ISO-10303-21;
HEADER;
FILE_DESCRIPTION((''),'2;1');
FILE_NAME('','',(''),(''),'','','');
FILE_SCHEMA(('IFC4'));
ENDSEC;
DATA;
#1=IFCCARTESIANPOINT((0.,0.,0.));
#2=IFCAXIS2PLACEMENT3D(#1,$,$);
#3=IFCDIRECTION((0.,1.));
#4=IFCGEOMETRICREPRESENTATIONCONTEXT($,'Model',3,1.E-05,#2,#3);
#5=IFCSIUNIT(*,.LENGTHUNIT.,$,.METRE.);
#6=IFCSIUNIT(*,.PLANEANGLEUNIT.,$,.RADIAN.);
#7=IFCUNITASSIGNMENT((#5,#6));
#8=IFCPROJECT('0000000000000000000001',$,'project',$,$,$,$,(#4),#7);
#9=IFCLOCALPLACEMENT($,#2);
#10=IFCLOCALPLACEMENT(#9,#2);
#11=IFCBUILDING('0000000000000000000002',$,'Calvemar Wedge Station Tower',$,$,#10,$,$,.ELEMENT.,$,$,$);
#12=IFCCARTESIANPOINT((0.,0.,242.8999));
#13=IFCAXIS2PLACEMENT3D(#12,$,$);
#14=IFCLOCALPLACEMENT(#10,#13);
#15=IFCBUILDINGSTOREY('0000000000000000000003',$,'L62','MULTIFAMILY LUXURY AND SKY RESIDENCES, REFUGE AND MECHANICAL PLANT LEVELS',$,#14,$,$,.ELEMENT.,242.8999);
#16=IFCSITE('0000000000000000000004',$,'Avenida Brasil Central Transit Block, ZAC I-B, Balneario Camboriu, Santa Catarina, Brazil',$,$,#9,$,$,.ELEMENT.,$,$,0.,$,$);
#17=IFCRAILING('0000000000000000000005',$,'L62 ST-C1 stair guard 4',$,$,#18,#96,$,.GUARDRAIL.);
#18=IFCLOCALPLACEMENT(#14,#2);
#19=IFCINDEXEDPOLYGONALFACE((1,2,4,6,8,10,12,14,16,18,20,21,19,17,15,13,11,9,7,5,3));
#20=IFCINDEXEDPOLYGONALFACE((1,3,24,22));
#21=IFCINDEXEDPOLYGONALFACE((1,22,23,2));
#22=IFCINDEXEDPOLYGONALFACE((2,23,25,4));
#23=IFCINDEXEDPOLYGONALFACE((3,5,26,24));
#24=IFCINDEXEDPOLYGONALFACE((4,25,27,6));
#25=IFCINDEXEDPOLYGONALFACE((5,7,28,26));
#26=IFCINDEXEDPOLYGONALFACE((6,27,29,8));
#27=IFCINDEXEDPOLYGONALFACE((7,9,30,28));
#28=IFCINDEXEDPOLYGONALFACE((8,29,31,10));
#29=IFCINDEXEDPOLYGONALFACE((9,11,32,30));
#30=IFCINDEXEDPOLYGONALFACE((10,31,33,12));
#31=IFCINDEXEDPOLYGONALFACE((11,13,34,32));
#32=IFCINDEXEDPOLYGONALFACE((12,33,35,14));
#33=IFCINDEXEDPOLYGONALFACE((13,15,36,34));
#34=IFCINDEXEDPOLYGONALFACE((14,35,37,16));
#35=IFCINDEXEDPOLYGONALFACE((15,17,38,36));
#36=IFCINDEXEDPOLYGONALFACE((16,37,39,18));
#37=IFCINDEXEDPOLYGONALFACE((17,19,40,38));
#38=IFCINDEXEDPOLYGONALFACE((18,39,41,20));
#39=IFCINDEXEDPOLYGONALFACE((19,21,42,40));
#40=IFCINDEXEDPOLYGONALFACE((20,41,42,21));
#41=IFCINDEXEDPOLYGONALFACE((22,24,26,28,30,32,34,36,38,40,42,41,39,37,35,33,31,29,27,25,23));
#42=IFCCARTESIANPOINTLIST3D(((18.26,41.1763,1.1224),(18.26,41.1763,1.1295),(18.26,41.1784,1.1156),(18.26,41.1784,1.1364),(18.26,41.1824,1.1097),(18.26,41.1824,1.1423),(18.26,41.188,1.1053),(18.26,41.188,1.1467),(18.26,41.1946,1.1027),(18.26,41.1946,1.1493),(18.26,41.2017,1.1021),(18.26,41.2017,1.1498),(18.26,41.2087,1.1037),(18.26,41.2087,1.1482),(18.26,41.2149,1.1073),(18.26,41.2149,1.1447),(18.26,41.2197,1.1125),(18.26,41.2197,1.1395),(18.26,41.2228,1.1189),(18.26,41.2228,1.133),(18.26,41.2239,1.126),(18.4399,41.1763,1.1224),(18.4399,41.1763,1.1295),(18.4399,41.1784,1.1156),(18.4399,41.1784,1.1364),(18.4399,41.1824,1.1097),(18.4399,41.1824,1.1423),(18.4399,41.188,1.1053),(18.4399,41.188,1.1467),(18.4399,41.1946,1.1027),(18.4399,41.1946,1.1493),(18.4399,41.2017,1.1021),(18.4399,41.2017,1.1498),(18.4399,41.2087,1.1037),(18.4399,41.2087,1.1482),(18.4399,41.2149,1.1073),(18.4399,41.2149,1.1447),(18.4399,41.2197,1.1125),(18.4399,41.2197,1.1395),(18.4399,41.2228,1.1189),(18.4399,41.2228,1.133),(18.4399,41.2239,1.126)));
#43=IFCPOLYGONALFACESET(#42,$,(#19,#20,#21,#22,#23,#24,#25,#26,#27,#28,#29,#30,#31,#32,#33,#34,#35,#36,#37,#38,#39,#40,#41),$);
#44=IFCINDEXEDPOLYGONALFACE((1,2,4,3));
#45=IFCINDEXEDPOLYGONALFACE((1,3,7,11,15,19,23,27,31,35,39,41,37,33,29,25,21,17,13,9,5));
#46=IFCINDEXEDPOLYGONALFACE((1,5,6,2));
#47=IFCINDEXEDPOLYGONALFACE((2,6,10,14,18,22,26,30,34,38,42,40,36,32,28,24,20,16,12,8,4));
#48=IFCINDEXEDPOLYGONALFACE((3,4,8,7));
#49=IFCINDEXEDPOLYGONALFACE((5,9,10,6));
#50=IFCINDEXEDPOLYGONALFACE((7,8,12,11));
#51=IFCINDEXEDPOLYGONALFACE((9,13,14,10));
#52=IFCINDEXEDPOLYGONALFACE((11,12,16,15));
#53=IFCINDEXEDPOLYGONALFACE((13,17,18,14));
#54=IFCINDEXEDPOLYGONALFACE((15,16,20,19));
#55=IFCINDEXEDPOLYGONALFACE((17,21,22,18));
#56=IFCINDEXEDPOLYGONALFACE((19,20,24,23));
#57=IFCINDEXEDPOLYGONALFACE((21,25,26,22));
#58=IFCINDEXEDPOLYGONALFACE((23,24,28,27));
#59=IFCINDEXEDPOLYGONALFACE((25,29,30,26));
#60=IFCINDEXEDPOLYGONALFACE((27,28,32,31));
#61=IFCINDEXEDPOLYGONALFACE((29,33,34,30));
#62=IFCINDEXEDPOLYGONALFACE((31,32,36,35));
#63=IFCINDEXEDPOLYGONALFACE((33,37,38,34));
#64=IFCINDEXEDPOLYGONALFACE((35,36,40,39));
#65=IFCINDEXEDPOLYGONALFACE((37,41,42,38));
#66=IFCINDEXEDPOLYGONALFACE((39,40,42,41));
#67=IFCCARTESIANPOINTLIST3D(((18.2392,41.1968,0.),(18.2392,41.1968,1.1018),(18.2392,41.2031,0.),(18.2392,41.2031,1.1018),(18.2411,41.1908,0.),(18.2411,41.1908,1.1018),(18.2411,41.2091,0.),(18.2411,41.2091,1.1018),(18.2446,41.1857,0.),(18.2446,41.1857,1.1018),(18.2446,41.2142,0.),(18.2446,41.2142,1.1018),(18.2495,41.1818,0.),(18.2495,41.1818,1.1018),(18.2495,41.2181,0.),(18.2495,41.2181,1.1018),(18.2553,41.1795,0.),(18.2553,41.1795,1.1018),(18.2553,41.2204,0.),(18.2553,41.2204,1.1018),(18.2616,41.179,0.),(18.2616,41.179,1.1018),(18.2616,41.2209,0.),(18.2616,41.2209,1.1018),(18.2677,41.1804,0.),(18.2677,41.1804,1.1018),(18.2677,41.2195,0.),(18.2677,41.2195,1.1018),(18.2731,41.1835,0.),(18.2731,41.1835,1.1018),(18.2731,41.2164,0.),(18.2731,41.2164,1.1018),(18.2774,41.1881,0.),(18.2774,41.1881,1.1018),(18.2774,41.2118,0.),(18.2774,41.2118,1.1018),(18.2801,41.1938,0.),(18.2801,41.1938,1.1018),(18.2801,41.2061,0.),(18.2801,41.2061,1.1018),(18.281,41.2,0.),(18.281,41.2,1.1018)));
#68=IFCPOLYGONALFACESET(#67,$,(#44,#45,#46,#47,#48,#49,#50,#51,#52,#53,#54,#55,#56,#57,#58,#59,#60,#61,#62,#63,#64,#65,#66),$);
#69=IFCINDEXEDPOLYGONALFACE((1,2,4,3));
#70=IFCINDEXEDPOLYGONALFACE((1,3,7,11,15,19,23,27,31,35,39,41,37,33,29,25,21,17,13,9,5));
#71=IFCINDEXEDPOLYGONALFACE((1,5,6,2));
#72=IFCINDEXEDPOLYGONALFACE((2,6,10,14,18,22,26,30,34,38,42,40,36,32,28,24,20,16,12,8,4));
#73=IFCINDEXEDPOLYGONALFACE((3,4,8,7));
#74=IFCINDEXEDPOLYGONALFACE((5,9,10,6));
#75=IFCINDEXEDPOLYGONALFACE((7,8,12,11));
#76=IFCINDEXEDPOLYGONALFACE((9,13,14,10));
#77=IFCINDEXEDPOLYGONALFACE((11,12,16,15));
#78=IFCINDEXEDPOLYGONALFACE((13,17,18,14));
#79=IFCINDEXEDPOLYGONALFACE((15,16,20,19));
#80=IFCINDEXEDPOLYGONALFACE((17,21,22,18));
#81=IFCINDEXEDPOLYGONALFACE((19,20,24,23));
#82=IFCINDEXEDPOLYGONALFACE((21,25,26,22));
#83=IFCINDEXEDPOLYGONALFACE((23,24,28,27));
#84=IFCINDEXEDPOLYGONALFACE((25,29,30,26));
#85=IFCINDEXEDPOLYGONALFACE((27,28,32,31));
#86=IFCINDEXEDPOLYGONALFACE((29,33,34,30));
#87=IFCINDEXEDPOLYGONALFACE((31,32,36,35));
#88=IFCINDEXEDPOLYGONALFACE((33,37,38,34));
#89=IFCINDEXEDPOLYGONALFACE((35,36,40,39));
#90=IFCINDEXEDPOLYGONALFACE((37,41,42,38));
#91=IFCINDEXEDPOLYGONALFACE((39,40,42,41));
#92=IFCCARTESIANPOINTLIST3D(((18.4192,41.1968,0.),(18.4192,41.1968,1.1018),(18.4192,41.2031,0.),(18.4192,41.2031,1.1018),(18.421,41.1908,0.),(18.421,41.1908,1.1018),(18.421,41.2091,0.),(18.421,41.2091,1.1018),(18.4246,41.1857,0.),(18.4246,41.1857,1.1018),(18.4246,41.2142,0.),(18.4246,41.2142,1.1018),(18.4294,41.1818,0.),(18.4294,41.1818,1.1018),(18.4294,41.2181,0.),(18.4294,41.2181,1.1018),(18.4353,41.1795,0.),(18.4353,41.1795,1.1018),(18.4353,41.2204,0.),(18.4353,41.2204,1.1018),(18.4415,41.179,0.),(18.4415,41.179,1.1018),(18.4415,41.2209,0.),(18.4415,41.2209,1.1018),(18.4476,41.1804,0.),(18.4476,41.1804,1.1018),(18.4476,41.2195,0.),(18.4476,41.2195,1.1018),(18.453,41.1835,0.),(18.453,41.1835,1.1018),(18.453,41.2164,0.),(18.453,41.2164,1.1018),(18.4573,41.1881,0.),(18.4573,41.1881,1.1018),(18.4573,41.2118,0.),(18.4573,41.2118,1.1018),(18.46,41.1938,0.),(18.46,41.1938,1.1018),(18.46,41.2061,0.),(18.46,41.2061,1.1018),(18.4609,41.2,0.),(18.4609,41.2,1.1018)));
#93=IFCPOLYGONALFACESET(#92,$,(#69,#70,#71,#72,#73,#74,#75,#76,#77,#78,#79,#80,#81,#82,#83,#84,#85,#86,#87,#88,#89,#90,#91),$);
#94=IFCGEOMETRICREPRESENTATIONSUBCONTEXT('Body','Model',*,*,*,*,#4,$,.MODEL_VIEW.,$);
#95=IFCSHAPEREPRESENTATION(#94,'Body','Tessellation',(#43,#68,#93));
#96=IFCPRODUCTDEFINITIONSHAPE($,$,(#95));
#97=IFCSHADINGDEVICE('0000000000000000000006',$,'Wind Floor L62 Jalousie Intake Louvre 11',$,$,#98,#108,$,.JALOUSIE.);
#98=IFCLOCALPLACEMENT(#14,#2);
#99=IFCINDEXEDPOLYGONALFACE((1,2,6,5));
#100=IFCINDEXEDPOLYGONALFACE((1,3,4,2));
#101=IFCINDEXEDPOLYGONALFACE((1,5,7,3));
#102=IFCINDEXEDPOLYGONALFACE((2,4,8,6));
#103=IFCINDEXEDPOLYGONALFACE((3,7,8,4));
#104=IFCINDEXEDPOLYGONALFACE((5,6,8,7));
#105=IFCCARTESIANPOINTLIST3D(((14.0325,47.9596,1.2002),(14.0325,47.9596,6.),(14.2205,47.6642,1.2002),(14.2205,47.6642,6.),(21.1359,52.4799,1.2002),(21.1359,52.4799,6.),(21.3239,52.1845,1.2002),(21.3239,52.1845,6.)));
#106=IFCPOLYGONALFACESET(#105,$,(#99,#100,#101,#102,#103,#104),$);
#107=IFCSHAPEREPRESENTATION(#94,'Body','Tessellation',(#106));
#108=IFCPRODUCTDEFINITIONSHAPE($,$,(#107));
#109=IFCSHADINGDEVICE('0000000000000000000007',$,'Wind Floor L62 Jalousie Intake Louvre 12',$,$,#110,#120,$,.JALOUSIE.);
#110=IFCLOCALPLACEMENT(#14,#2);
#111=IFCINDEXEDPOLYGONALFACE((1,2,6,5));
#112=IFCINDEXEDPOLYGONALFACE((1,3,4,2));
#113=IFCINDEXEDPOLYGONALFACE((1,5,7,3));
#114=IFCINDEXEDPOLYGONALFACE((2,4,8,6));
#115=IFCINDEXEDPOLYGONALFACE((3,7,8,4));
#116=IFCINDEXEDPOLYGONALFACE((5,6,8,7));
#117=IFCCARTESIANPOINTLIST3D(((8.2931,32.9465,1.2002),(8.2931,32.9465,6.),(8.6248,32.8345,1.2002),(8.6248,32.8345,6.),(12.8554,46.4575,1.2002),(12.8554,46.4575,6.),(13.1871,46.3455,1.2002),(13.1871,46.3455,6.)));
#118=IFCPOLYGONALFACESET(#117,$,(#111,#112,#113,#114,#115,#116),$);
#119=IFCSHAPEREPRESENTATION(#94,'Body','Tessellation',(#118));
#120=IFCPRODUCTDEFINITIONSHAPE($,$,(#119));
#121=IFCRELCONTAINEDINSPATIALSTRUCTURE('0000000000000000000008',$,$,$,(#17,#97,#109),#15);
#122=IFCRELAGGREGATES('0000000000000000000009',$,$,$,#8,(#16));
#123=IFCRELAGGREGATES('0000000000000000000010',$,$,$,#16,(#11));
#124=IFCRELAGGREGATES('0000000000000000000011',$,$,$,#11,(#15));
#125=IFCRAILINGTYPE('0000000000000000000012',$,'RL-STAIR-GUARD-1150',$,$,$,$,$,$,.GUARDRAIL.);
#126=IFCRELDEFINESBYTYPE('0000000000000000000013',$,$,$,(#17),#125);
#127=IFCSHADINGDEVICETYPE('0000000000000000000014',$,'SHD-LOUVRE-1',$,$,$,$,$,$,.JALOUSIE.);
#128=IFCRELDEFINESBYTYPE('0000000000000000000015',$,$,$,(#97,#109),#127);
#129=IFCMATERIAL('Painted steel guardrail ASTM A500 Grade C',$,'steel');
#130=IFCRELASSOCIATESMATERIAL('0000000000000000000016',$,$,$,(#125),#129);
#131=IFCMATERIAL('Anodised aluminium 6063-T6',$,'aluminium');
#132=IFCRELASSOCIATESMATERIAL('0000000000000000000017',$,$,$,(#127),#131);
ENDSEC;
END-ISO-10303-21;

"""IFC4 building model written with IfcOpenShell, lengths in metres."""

from ifc_helpers import new_model, si_unit, direction, frame, frame_2d, origin, origin_2d, place, context, subcontext, project, spatial, rectangle, circle, extrude, material, type_object, element, save


model = new_model("IFC4")

# Units and contexts
model_context = context("Model", 3, precision=1e-05, world=origin(), true_north=direction((0.0, 1.0)))
body_context = subcontext(model_context, "Body", "Model", "MODEL_VIEW")
ifc_project = project(units=[si_unit("LENGTHUNIT", "METRE"), si_unit("PLANEANGLEUNIT", "RADIAN")], contexts=[model_context])

# Site, building, storey
site_placement = place(None, origin())
site = spatial("IfcSite", under=ifc_project, at=site_placement, Name="Avenida Brasil Central Transit Block, ZAC I-B, Balneario Camboriu, Santa Catarina, Brazil", CompositionType="ELEMENT", RefElevation=0.0)
building_placement = place(site_placement, origin())
building = spatial("IfcBuilding", under=site, at=building_placement, Name="Calvemar Wedge Station Tower", CompositionType="ELEMENT")
storey_placement = place(building_placement, frame((0.0, 0.0, 242.8999)))
storey = spatial("IfcBuildingStorey", under=building, at=storey_placement, Name="L62", Description="MULTIFAMILY LUXURY AND SKY RESIDENCES, REFUGE AND MECHANICAL PLANT LEVELS", CompositionType="ELEMENT", Elevation=242.8999)

# Railing
ifc_material_1 = material(Name="Painted steel guardrail ASTM A500 Grade C", Category="steel")
railing_type_1 = type_object("IfcRailingType", Name="RL-STAIR-GUARD-1150", PredefinedType="GUARDRAIL", material=ifc_material_1)
railing_1_placement = place(storey_placement, frame((18.26, 41.2, 0.0)))
element("IfcRailing", 1, at=railing_1_placement, inside=storey, type_object=railing_type_1, Name="L62 ST-C1 stair guard 4", PredefinedType="GUARDRAIL", context=body_context, shape_type="SweptSolid", body=[
    extrude(circle(Radius=0.0239, at=origin_2d()), frame((0.0, 0.0, 1.126), z_axis=(1.0, 0.0, 0.0), x_axis=(0.0, 1.0, 0.0)), (0.0, 0.0, 1.0), 0.1799),
    extrude(circle(Radius=0.021, at=origin_2d()), origin(), (0.0, 0.0, 1.0), 1.1018),
    extrude(circle(Radius=0.021, at=origin_2d()), frame((0.1799, 0.0, 0.0)), (0.0, 0.0, 1.0), 1.1018),
])

# Shading devices
ifc_material_2 = material(Name="Anodised aluminium 6063-T6", Category="aluminium")
shading_device_type = type_object("IfcShadingDeviceType", Name="SHD-LOUVRE-1", PredefinedType="JALOUSIE", material=ifc_material_2)
shading_device_1_placement = place(storey_placement, frame((21.23, 52.3323, 1.2002), z_axis=(0.0, 0.0, 1.0), x_axis=(-0.843661, -0.536875, 0.0)))
element("IfcShadingDevice", 2, at=shading_device_1_placement, inside=storey, type_object=shading_device_type, Name="Wind Floor L62 Jalousie Intake Louvre 11", PredefinedType="JALOUSIE", context=body_context, shape_type="SweptSolid", body=[
    extrude(rectangle(XDim=8.4197, YDim=0.3501, at=frame_2d((4.21, 0.0))), origin(), (0.0, 0.0, 1.0), 4.7998),
])
shading_device_2_placement = place(storey_placement, frame((13.0212, 46.4016, 1.2002), z_axis=(0.0, 0.0, 1.0), x_axis=(-0.319923, -0.947443, 0.0)))
element("IfcShadingDevice", 3, at=shading_device_2_placement, inside=storey, type_object=shading_device_type, Name="Wind Floor L62 Jalousie Intake Louvre 12", PredefinedType="JALOUSIE", context=body_context, shape_type="SweptSolid", body=[
    extrude(rectangle(XDim=14.2605, YDim=0.3501, at=frame_2d((7.1304, 0.0))), origin(), (0.0, 0.0, 1.0), 4.7998),
])

save(model, "model.ifc")
